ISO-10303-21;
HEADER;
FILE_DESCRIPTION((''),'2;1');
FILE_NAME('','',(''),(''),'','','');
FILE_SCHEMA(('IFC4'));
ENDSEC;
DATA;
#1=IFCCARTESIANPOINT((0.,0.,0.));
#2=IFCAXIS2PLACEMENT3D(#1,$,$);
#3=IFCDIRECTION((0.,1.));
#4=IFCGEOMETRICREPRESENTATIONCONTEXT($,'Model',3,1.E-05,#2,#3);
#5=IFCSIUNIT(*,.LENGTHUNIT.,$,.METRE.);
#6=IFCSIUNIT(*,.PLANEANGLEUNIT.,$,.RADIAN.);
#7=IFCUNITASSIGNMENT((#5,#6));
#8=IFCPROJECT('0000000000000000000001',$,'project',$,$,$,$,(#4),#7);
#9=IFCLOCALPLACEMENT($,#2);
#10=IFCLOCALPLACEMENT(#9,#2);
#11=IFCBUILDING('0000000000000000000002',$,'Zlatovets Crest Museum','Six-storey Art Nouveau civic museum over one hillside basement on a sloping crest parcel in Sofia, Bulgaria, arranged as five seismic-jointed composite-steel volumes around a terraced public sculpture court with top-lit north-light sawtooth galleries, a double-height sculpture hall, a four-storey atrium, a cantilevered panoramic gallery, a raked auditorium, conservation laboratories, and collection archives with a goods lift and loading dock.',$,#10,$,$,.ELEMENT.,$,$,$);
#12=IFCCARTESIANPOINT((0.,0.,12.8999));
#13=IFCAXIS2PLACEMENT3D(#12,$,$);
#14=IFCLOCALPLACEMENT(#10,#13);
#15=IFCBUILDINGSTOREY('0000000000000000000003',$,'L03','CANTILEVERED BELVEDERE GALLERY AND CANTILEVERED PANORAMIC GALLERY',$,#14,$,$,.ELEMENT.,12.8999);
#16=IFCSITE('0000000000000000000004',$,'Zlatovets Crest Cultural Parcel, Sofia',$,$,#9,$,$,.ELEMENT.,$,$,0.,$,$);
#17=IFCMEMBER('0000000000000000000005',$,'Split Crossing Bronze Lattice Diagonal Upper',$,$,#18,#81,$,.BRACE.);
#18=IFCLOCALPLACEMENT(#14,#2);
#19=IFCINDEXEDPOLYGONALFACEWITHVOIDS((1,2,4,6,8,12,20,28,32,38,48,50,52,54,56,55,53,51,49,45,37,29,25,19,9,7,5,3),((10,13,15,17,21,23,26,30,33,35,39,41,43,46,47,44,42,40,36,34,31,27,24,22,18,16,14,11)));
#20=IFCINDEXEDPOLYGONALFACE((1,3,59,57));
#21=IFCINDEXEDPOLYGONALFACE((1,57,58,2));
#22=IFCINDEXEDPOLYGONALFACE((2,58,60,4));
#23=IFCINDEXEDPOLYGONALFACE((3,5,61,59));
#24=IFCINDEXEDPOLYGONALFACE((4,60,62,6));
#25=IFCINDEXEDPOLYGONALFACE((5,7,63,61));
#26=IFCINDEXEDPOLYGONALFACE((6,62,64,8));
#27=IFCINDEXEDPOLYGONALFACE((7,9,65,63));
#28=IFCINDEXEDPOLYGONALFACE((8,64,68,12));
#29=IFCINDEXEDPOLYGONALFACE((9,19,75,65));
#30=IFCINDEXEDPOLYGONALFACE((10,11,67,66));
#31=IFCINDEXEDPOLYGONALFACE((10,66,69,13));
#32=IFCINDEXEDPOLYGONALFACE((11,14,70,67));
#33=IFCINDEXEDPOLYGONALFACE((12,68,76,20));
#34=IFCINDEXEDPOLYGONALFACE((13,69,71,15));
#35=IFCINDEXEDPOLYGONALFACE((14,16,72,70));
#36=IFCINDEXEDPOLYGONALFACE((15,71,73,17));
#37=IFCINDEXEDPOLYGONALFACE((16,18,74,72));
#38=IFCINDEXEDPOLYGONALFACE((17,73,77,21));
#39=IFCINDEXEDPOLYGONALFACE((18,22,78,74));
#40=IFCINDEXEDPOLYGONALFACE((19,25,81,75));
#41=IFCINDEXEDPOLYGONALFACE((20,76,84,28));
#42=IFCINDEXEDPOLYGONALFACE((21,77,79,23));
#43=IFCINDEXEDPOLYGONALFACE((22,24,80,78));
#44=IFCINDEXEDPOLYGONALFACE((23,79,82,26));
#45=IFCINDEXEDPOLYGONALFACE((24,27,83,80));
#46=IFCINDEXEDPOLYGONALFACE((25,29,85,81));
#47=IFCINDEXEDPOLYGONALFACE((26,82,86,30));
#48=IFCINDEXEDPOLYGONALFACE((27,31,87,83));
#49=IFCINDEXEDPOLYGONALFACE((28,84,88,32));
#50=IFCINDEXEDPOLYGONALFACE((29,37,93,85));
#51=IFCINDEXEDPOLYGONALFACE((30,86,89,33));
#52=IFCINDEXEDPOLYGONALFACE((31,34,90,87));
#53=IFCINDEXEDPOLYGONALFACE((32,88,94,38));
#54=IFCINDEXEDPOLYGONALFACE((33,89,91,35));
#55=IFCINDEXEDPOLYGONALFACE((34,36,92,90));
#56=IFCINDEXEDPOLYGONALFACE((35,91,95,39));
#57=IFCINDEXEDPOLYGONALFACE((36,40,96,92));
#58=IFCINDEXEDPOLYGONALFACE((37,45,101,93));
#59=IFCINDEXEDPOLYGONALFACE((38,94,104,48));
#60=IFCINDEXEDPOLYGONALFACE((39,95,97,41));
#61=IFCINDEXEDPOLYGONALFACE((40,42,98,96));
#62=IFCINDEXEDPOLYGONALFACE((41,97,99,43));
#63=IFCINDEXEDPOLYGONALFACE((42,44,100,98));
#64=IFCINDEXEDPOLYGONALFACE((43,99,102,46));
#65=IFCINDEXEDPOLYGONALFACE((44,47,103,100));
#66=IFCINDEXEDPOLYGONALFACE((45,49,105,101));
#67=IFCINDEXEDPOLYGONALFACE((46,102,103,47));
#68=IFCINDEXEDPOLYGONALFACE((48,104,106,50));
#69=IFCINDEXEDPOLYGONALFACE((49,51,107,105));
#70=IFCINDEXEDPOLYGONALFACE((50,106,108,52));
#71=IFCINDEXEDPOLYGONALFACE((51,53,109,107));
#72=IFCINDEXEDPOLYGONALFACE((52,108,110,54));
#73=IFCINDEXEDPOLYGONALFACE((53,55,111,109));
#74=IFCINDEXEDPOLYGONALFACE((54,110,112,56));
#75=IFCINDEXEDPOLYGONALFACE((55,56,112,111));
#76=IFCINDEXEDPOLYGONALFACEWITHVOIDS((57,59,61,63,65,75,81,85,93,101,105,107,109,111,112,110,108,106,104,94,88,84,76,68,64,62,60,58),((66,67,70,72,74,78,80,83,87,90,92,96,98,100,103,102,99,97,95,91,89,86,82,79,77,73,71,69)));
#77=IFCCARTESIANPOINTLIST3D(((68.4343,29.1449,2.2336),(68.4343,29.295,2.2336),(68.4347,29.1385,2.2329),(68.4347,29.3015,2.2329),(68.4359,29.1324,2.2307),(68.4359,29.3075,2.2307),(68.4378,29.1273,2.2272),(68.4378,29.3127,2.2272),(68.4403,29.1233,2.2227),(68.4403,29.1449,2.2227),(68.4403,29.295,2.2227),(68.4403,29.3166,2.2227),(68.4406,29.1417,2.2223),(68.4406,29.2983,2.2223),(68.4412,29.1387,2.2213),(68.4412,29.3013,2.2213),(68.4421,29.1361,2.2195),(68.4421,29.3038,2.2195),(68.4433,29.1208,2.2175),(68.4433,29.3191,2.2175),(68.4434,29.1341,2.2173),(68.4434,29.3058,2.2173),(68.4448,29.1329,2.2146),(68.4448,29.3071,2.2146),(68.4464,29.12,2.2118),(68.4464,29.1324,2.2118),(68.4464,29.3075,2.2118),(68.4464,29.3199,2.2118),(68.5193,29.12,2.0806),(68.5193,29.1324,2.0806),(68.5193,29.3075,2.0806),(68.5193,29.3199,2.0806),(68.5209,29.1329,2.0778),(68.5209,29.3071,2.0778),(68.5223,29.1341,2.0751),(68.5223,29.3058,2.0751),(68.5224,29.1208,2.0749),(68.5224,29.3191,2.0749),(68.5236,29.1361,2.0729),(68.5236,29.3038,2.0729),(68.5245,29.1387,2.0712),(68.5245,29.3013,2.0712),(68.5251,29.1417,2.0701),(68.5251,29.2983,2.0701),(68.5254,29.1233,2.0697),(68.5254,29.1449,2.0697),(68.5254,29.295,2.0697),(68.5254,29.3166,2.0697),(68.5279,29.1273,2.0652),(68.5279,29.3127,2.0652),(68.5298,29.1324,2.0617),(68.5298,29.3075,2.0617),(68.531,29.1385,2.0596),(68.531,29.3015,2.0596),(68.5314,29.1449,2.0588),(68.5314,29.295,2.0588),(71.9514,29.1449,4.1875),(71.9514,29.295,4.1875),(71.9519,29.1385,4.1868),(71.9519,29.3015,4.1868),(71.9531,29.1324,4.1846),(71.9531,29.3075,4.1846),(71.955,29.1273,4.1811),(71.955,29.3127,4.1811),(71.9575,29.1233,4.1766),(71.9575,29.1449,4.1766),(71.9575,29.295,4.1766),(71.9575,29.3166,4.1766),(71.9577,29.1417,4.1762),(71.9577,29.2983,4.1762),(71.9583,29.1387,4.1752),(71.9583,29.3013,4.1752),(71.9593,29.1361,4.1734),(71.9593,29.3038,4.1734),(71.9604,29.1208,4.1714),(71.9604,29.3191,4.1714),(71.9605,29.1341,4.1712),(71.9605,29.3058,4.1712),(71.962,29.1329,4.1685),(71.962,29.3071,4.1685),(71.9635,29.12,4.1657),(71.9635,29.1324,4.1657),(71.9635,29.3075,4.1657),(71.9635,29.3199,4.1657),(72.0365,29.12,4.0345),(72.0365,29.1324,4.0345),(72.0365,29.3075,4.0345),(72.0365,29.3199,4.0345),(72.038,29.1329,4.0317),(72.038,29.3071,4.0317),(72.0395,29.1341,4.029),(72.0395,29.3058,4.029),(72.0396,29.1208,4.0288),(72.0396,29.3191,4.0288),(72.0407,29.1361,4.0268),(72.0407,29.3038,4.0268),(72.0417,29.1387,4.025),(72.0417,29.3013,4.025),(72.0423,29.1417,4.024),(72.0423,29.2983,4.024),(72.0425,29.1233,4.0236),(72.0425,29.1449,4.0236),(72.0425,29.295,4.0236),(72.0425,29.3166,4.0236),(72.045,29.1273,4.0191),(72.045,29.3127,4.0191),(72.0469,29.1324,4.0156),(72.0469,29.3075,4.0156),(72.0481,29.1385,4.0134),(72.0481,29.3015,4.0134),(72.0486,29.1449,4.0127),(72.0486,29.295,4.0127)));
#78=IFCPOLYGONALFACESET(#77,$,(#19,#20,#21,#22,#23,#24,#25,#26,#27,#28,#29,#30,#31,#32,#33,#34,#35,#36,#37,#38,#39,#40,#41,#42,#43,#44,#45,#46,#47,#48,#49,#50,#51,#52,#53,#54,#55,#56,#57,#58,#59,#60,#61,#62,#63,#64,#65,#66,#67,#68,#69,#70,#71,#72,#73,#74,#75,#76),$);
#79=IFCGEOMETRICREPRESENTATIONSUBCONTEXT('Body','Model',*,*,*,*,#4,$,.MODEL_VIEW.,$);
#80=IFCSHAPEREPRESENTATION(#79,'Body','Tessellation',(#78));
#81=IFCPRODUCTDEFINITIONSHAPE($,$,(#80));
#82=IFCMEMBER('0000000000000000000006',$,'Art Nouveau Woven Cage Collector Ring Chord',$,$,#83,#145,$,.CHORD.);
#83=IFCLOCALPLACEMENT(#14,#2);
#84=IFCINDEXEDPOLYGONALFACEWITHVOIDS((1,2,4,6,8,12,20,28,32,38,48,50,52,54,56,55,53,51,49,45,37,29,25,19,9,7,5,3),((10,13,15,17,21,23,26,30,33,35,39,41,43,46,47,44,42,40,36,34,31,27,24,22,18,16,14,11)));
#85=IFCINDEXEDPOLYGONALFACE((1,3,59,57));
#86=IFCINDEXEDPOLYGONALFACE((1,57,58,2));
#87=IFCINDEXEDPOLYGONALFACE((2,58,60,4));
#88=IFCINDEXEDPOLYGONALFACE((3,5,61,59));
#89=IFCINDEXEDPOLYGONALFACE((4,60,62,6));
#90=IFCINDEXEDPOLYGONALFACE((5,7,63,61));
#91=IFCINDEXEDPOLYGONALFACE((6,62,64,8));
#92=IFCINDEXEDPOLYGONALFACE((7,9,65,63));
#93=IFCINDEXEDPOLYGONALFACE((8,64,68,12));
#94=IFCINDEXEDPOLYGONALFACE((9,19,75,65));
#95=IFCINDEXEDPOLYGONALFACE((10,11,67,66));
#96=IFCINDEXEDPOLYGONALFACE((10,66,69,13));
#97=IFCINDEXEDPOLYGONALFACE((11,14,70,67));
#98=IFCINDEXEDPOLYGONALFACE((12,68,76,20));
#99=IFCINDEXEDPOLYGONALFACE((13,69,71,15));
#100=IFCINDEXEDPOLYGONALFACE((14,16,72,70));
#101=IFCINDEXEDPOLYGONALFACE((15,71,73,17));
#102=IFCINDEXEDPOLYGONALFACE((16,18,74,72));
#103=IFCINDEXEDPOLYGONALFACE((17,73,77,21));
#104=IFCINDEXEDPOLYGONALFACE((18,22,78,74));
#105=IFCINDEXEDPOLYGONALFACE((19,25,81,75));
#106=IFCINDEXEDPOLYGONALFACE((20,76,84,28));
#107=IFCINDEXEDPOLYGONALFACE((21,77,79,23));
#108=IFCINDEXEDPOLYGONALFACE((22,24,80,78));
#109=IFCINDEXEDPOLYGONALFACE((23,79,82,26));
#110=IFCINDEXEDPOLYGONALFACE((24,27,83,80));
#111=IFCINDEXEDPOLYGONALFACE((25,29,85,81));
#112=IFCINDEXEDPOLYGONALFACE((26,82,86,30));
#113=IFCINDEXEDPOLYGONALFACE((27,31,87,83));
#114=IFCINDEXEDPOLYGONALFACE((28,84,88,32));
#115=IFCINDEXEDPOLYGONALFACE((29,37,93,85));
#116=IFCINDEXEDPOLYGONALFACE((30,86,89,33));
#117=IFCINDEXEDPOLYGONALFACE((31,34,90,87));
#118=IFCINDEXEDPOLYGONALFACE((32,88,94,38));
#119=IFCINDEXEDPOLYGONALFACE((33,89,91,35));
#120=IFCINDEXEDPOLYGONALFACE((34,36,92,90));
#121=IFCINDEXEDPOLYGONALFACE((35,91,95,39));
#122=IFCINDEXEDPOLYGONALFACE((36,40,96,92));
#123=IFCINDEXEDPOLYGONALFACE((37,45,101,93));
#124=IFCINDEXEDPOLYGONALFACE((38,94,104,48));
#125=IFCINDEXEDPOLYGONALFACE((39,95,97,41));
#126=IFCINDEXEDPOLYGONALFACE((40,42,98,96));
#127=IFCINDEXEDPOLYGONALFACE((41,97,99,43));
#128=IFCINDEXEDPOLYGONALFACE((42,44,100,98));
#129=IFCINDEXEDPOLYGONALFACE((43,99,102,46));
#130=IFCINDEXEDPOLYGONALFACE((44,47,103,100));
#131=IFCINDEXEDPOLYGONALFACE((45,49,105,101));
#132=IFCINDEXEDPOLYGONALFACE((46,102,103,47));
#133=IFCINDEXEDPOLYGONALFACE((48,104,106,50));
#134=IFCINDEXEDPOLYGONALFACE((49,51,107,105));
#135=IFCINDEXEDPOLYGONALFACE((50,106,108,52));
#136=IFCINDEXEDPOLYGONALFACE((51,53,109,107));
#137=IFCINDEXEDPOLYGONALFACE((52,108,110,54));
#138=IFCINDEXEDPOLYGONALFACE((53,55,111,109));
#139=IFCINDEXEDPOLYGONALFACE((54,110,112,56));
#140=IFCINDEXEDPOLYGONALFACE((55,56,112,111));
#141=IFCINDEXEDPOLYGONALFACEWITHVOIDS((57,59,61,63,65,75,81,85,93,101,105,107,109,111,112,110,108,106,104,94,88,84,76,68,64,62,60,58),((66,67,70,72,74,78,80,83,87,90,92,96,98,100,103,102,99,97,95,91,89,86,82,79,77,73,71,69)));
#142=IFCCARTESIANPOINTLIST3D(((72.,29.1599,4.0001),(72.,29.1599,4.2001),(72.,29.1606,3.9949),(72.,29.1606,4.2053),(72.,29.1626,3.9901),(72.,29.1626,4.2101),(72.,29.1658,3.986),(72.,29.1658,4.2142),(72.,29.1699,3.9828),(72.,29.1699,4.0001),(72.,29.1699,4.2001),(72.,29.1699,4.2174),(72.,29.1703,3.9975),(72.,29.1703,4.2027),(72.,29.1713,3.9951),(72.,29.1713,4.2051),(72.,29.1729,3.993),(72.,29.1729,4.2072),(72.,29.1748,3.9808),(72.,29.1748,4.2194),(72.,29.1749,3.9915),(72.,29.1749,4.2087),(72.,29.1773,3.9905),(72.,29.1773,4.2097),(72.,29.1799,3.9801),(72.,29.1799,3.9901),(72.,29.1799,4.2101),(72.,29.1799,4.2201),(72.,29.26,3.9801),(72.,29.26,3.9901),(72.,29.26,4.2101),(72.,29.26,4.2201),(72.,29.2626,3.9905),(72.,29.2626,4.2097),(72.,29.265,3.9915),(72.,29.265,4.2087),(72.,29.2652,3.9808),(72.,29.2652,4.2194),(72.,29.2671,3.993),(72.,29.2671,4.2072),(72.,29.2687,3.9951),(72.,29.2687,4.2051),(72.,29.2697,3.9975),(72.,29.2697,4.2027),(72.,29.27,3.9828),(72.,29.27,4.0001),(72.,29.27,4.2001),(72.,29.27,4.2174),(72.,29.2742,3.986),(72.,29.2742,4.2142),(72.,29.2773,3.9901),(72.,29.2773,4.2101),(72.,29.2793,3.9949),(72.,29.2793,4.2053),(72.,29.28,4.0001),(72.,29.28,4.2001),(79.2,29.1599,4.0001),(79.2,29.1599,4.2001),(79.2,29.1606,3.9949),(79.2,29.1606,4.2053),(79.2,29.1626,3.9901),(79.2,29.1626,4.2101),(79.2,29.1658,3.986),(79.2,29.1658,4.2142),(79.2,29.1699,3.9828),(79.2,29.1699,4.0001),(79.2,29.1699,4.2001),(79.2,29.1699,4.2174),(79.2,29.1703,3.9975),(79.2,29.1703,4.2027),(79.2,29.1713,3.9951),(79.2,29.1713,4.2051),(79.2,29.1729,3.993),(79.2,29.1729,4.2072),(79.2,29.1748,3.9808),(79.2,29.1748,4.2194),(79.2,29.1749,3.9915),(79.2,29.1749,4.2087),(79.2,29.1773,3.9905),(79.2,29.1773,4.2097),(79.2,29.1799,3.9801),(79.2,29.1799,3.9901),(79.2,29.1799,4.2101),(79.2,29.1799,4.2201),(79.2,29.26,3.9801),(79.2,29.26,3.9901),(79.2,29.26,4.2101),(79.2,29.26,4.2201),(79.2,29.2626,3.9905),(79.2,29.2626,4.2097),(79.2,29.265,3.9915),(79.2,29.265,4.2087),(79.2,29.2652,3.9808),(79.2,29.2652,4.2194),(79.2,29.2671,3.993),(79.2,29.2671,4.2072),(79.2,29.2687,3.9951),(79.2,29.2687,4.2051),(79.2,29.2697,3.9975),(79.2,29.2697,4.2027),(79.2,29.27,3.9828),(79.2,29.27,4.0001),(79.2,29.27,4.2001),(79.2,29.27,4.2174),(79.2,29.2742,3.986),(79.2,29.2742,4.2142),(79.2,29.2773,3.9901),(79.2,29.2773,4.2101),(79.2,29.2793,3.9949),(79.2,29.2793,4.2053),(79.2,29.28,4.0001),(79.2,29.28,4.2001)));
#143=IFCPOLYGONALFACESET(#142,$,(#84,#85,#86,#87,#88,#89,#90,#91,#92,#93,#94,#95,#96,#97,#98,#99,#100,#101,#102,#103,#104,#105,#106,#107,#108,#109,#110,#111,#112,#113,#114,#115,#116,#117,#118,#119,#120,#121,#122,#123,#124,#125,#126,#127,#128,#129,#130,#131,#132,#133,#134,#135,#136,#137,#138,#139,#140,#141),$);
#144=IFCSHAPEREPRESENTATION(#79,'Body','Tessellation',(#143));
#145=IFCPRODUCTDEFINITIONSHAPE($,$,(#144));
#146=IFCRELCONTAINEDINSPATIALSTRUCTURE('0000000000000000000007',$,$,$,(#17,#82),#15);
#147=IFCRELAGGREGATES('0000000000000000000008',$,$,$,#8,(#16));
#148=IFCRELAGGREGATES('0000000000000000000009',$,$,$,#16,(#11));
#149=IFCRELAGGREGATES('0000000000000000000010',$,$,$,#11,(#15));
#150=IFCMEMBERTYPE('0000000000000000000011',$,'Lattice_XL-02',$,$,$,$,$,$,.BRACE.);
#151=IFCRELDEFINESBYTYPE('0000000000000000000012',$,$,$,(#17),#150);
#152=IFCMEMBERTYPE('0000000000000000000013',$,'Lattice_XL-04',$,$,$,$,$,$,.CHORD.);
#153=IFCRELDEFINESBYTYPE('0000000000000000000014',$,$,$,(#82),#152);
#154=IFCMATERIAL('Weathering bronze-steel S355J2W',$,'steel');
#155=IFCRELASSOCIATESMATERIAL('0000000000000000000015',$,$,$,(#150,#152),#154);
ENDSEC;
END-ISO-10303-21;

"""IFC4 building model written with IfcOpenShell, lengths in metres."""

from ifc_helpers import new_model, si_unit, direction, frame, origin, origin_2d, place, context, subcontext, project, spatial, hollow_rectangle, extrude, material, material_profile, profile_set, type_object, element, save


model = new_model("IFC4")

# Units and contexts
model_context = context("Model", 3, precision=1e-05, world=origin(), true_north=direction((0.0, 1.0)))
body_context = subcontext(model_context, "Body", "Model", "MODEL_VIEW")
ifc_project = project(units=[si_unit("LENGTHUNIT", "METRE"), si_unit("PLANEANGLEUNIT", "RADIAN")], contexts=[model_context])

# Site, building, storey
site_placement = place(None, origin())
site = spatial("IfcSite", under=ifc_project, at=site_placement, Name="Zlatovets Crest Cultural Parcel, Sofia", CompositionType="ELEMENT", RefElevation=0.0)
building_placement = place(site_placement, origin())
building = spatial("IfcBuilding", under=site, at=building_placement, Name="Zlatovets Crest Museum", Description="Six-storey Art Nouveau civic museum over one hillside basement on a sloping crest parcel in Sofia, Bulgaria, arranged as five seismic-jointed composite-steel volumes around a terraced public sculpture court with top-lit north-light sawtooth galleries, a double-height sculpture hall, a four-storey atrium, a cantilevered panoramic gallery, a raked auditorium, conservation laboratories, and collection archives with a goods lift and loading dock.", CompositionType="ELEMENT")
storey_placement = place(building_placement, frame((0.0, 0.0, 12.8999)))
storey = spatial("IfcBuildingStorey", under=building, at=storey_placement, Name="L03", Description="CANTILEVERED BELVEDERE GALLERY AND CANTILEVERED PANORAMIC GALLERY", CompositionType="ELEMENT", Elevation=12.8999)

# Members
ifc_material_1 = material(Name="Weathering bronze-steel S355J2W", Category="steel")
ifc_material_profile_1 = material_profile(ifc_material_1, hollow_rectangle(XDim=0.2, YDim=0.2, WallThickness=0.0125, InnerFilletRadius=0.0125, OuterFilletRadius=0.0249, at=origin_2d()), Name="SHS 200x200x12.5")
ifc_profile_set_1 = profile_set([ifc_material_profile_1], Name="Weathering bronze-steel S355J2W")
member_type_1 = type_object("IfcMemberType", Name="Lattice_XL-02", PredefinedType="BRACE", material=ifc_profile_set_1)
member_1_placement = place(storey_placement, frame((72.0, 29.22, 4.1001), z_axis=(-0.874166, 0.0, -0.485627), x_axis=(0.0, -1.0, 0.0)))
element("IfcMember", 1, at=member_1_placement, inside=storey, type_object=member_type_1, Name="Split Crossing Bronze Lattice Diagonal Upper", PredefinedType="BRACE", context=body_context, shape_type="SweptSolid", body=[
    extrude(hollow_rectangle(XDim=0.2, YDim=0.2, WallThickness=0.0125, InnerFilletRadius=0.0125, OuterFilletRadius=0.0249, at=origin_2d()), origin(), (0.0, 0.0, 1.0), 4.0234),
])
ifc_material_profile_2 = material_profile(ifc_material_1, hollow_rectangle(XDim=0.1201, YDim=0.24, WallThickness=0.01, InnerFilletRadius=0.01, OuterFilletRadius=0.02, at=origin_2d()), Name="RHS 120x240x10.0")
ifc_profile_set_2 = profile_set([ifc_material_profile_2], Name="Weathering bronze-steel S355J2W")
member_type_2 = type_object("IfcMemberType", Name="Lattice_XL-04", PredefinedType="CHORD", material=ifc_profile_set_2)
for number, where, z_axis, x_axis, name in (
    (2, (79.2, 29.22, 4.1001), (-1.0, 0.0, 0.0), (0.0, -1.0, 0.0), "Art Nouveau Woven Cage Collector Ring Chord"),
):
    element("IfcMember", number, at=place(storey_placement, frame(where, z_axis=z_axis, x_axis=x_axis)), inside=storey, type_object=member_type_2, Name=name, PredefinedType="CHORD", context=body_context, shape_type="SweptSolid", body=[
        extrude(hollow_rectangle(XDim=0.1201, YDim=0.24, WallThickness=0.01, InnerFilletRadius=0.01, OuterFilletRadius=0.02, at=origin_2d()), origin(), (0.0, 0.0, 1.0), 7.2),
    ])

save(model, "model.ifc")
